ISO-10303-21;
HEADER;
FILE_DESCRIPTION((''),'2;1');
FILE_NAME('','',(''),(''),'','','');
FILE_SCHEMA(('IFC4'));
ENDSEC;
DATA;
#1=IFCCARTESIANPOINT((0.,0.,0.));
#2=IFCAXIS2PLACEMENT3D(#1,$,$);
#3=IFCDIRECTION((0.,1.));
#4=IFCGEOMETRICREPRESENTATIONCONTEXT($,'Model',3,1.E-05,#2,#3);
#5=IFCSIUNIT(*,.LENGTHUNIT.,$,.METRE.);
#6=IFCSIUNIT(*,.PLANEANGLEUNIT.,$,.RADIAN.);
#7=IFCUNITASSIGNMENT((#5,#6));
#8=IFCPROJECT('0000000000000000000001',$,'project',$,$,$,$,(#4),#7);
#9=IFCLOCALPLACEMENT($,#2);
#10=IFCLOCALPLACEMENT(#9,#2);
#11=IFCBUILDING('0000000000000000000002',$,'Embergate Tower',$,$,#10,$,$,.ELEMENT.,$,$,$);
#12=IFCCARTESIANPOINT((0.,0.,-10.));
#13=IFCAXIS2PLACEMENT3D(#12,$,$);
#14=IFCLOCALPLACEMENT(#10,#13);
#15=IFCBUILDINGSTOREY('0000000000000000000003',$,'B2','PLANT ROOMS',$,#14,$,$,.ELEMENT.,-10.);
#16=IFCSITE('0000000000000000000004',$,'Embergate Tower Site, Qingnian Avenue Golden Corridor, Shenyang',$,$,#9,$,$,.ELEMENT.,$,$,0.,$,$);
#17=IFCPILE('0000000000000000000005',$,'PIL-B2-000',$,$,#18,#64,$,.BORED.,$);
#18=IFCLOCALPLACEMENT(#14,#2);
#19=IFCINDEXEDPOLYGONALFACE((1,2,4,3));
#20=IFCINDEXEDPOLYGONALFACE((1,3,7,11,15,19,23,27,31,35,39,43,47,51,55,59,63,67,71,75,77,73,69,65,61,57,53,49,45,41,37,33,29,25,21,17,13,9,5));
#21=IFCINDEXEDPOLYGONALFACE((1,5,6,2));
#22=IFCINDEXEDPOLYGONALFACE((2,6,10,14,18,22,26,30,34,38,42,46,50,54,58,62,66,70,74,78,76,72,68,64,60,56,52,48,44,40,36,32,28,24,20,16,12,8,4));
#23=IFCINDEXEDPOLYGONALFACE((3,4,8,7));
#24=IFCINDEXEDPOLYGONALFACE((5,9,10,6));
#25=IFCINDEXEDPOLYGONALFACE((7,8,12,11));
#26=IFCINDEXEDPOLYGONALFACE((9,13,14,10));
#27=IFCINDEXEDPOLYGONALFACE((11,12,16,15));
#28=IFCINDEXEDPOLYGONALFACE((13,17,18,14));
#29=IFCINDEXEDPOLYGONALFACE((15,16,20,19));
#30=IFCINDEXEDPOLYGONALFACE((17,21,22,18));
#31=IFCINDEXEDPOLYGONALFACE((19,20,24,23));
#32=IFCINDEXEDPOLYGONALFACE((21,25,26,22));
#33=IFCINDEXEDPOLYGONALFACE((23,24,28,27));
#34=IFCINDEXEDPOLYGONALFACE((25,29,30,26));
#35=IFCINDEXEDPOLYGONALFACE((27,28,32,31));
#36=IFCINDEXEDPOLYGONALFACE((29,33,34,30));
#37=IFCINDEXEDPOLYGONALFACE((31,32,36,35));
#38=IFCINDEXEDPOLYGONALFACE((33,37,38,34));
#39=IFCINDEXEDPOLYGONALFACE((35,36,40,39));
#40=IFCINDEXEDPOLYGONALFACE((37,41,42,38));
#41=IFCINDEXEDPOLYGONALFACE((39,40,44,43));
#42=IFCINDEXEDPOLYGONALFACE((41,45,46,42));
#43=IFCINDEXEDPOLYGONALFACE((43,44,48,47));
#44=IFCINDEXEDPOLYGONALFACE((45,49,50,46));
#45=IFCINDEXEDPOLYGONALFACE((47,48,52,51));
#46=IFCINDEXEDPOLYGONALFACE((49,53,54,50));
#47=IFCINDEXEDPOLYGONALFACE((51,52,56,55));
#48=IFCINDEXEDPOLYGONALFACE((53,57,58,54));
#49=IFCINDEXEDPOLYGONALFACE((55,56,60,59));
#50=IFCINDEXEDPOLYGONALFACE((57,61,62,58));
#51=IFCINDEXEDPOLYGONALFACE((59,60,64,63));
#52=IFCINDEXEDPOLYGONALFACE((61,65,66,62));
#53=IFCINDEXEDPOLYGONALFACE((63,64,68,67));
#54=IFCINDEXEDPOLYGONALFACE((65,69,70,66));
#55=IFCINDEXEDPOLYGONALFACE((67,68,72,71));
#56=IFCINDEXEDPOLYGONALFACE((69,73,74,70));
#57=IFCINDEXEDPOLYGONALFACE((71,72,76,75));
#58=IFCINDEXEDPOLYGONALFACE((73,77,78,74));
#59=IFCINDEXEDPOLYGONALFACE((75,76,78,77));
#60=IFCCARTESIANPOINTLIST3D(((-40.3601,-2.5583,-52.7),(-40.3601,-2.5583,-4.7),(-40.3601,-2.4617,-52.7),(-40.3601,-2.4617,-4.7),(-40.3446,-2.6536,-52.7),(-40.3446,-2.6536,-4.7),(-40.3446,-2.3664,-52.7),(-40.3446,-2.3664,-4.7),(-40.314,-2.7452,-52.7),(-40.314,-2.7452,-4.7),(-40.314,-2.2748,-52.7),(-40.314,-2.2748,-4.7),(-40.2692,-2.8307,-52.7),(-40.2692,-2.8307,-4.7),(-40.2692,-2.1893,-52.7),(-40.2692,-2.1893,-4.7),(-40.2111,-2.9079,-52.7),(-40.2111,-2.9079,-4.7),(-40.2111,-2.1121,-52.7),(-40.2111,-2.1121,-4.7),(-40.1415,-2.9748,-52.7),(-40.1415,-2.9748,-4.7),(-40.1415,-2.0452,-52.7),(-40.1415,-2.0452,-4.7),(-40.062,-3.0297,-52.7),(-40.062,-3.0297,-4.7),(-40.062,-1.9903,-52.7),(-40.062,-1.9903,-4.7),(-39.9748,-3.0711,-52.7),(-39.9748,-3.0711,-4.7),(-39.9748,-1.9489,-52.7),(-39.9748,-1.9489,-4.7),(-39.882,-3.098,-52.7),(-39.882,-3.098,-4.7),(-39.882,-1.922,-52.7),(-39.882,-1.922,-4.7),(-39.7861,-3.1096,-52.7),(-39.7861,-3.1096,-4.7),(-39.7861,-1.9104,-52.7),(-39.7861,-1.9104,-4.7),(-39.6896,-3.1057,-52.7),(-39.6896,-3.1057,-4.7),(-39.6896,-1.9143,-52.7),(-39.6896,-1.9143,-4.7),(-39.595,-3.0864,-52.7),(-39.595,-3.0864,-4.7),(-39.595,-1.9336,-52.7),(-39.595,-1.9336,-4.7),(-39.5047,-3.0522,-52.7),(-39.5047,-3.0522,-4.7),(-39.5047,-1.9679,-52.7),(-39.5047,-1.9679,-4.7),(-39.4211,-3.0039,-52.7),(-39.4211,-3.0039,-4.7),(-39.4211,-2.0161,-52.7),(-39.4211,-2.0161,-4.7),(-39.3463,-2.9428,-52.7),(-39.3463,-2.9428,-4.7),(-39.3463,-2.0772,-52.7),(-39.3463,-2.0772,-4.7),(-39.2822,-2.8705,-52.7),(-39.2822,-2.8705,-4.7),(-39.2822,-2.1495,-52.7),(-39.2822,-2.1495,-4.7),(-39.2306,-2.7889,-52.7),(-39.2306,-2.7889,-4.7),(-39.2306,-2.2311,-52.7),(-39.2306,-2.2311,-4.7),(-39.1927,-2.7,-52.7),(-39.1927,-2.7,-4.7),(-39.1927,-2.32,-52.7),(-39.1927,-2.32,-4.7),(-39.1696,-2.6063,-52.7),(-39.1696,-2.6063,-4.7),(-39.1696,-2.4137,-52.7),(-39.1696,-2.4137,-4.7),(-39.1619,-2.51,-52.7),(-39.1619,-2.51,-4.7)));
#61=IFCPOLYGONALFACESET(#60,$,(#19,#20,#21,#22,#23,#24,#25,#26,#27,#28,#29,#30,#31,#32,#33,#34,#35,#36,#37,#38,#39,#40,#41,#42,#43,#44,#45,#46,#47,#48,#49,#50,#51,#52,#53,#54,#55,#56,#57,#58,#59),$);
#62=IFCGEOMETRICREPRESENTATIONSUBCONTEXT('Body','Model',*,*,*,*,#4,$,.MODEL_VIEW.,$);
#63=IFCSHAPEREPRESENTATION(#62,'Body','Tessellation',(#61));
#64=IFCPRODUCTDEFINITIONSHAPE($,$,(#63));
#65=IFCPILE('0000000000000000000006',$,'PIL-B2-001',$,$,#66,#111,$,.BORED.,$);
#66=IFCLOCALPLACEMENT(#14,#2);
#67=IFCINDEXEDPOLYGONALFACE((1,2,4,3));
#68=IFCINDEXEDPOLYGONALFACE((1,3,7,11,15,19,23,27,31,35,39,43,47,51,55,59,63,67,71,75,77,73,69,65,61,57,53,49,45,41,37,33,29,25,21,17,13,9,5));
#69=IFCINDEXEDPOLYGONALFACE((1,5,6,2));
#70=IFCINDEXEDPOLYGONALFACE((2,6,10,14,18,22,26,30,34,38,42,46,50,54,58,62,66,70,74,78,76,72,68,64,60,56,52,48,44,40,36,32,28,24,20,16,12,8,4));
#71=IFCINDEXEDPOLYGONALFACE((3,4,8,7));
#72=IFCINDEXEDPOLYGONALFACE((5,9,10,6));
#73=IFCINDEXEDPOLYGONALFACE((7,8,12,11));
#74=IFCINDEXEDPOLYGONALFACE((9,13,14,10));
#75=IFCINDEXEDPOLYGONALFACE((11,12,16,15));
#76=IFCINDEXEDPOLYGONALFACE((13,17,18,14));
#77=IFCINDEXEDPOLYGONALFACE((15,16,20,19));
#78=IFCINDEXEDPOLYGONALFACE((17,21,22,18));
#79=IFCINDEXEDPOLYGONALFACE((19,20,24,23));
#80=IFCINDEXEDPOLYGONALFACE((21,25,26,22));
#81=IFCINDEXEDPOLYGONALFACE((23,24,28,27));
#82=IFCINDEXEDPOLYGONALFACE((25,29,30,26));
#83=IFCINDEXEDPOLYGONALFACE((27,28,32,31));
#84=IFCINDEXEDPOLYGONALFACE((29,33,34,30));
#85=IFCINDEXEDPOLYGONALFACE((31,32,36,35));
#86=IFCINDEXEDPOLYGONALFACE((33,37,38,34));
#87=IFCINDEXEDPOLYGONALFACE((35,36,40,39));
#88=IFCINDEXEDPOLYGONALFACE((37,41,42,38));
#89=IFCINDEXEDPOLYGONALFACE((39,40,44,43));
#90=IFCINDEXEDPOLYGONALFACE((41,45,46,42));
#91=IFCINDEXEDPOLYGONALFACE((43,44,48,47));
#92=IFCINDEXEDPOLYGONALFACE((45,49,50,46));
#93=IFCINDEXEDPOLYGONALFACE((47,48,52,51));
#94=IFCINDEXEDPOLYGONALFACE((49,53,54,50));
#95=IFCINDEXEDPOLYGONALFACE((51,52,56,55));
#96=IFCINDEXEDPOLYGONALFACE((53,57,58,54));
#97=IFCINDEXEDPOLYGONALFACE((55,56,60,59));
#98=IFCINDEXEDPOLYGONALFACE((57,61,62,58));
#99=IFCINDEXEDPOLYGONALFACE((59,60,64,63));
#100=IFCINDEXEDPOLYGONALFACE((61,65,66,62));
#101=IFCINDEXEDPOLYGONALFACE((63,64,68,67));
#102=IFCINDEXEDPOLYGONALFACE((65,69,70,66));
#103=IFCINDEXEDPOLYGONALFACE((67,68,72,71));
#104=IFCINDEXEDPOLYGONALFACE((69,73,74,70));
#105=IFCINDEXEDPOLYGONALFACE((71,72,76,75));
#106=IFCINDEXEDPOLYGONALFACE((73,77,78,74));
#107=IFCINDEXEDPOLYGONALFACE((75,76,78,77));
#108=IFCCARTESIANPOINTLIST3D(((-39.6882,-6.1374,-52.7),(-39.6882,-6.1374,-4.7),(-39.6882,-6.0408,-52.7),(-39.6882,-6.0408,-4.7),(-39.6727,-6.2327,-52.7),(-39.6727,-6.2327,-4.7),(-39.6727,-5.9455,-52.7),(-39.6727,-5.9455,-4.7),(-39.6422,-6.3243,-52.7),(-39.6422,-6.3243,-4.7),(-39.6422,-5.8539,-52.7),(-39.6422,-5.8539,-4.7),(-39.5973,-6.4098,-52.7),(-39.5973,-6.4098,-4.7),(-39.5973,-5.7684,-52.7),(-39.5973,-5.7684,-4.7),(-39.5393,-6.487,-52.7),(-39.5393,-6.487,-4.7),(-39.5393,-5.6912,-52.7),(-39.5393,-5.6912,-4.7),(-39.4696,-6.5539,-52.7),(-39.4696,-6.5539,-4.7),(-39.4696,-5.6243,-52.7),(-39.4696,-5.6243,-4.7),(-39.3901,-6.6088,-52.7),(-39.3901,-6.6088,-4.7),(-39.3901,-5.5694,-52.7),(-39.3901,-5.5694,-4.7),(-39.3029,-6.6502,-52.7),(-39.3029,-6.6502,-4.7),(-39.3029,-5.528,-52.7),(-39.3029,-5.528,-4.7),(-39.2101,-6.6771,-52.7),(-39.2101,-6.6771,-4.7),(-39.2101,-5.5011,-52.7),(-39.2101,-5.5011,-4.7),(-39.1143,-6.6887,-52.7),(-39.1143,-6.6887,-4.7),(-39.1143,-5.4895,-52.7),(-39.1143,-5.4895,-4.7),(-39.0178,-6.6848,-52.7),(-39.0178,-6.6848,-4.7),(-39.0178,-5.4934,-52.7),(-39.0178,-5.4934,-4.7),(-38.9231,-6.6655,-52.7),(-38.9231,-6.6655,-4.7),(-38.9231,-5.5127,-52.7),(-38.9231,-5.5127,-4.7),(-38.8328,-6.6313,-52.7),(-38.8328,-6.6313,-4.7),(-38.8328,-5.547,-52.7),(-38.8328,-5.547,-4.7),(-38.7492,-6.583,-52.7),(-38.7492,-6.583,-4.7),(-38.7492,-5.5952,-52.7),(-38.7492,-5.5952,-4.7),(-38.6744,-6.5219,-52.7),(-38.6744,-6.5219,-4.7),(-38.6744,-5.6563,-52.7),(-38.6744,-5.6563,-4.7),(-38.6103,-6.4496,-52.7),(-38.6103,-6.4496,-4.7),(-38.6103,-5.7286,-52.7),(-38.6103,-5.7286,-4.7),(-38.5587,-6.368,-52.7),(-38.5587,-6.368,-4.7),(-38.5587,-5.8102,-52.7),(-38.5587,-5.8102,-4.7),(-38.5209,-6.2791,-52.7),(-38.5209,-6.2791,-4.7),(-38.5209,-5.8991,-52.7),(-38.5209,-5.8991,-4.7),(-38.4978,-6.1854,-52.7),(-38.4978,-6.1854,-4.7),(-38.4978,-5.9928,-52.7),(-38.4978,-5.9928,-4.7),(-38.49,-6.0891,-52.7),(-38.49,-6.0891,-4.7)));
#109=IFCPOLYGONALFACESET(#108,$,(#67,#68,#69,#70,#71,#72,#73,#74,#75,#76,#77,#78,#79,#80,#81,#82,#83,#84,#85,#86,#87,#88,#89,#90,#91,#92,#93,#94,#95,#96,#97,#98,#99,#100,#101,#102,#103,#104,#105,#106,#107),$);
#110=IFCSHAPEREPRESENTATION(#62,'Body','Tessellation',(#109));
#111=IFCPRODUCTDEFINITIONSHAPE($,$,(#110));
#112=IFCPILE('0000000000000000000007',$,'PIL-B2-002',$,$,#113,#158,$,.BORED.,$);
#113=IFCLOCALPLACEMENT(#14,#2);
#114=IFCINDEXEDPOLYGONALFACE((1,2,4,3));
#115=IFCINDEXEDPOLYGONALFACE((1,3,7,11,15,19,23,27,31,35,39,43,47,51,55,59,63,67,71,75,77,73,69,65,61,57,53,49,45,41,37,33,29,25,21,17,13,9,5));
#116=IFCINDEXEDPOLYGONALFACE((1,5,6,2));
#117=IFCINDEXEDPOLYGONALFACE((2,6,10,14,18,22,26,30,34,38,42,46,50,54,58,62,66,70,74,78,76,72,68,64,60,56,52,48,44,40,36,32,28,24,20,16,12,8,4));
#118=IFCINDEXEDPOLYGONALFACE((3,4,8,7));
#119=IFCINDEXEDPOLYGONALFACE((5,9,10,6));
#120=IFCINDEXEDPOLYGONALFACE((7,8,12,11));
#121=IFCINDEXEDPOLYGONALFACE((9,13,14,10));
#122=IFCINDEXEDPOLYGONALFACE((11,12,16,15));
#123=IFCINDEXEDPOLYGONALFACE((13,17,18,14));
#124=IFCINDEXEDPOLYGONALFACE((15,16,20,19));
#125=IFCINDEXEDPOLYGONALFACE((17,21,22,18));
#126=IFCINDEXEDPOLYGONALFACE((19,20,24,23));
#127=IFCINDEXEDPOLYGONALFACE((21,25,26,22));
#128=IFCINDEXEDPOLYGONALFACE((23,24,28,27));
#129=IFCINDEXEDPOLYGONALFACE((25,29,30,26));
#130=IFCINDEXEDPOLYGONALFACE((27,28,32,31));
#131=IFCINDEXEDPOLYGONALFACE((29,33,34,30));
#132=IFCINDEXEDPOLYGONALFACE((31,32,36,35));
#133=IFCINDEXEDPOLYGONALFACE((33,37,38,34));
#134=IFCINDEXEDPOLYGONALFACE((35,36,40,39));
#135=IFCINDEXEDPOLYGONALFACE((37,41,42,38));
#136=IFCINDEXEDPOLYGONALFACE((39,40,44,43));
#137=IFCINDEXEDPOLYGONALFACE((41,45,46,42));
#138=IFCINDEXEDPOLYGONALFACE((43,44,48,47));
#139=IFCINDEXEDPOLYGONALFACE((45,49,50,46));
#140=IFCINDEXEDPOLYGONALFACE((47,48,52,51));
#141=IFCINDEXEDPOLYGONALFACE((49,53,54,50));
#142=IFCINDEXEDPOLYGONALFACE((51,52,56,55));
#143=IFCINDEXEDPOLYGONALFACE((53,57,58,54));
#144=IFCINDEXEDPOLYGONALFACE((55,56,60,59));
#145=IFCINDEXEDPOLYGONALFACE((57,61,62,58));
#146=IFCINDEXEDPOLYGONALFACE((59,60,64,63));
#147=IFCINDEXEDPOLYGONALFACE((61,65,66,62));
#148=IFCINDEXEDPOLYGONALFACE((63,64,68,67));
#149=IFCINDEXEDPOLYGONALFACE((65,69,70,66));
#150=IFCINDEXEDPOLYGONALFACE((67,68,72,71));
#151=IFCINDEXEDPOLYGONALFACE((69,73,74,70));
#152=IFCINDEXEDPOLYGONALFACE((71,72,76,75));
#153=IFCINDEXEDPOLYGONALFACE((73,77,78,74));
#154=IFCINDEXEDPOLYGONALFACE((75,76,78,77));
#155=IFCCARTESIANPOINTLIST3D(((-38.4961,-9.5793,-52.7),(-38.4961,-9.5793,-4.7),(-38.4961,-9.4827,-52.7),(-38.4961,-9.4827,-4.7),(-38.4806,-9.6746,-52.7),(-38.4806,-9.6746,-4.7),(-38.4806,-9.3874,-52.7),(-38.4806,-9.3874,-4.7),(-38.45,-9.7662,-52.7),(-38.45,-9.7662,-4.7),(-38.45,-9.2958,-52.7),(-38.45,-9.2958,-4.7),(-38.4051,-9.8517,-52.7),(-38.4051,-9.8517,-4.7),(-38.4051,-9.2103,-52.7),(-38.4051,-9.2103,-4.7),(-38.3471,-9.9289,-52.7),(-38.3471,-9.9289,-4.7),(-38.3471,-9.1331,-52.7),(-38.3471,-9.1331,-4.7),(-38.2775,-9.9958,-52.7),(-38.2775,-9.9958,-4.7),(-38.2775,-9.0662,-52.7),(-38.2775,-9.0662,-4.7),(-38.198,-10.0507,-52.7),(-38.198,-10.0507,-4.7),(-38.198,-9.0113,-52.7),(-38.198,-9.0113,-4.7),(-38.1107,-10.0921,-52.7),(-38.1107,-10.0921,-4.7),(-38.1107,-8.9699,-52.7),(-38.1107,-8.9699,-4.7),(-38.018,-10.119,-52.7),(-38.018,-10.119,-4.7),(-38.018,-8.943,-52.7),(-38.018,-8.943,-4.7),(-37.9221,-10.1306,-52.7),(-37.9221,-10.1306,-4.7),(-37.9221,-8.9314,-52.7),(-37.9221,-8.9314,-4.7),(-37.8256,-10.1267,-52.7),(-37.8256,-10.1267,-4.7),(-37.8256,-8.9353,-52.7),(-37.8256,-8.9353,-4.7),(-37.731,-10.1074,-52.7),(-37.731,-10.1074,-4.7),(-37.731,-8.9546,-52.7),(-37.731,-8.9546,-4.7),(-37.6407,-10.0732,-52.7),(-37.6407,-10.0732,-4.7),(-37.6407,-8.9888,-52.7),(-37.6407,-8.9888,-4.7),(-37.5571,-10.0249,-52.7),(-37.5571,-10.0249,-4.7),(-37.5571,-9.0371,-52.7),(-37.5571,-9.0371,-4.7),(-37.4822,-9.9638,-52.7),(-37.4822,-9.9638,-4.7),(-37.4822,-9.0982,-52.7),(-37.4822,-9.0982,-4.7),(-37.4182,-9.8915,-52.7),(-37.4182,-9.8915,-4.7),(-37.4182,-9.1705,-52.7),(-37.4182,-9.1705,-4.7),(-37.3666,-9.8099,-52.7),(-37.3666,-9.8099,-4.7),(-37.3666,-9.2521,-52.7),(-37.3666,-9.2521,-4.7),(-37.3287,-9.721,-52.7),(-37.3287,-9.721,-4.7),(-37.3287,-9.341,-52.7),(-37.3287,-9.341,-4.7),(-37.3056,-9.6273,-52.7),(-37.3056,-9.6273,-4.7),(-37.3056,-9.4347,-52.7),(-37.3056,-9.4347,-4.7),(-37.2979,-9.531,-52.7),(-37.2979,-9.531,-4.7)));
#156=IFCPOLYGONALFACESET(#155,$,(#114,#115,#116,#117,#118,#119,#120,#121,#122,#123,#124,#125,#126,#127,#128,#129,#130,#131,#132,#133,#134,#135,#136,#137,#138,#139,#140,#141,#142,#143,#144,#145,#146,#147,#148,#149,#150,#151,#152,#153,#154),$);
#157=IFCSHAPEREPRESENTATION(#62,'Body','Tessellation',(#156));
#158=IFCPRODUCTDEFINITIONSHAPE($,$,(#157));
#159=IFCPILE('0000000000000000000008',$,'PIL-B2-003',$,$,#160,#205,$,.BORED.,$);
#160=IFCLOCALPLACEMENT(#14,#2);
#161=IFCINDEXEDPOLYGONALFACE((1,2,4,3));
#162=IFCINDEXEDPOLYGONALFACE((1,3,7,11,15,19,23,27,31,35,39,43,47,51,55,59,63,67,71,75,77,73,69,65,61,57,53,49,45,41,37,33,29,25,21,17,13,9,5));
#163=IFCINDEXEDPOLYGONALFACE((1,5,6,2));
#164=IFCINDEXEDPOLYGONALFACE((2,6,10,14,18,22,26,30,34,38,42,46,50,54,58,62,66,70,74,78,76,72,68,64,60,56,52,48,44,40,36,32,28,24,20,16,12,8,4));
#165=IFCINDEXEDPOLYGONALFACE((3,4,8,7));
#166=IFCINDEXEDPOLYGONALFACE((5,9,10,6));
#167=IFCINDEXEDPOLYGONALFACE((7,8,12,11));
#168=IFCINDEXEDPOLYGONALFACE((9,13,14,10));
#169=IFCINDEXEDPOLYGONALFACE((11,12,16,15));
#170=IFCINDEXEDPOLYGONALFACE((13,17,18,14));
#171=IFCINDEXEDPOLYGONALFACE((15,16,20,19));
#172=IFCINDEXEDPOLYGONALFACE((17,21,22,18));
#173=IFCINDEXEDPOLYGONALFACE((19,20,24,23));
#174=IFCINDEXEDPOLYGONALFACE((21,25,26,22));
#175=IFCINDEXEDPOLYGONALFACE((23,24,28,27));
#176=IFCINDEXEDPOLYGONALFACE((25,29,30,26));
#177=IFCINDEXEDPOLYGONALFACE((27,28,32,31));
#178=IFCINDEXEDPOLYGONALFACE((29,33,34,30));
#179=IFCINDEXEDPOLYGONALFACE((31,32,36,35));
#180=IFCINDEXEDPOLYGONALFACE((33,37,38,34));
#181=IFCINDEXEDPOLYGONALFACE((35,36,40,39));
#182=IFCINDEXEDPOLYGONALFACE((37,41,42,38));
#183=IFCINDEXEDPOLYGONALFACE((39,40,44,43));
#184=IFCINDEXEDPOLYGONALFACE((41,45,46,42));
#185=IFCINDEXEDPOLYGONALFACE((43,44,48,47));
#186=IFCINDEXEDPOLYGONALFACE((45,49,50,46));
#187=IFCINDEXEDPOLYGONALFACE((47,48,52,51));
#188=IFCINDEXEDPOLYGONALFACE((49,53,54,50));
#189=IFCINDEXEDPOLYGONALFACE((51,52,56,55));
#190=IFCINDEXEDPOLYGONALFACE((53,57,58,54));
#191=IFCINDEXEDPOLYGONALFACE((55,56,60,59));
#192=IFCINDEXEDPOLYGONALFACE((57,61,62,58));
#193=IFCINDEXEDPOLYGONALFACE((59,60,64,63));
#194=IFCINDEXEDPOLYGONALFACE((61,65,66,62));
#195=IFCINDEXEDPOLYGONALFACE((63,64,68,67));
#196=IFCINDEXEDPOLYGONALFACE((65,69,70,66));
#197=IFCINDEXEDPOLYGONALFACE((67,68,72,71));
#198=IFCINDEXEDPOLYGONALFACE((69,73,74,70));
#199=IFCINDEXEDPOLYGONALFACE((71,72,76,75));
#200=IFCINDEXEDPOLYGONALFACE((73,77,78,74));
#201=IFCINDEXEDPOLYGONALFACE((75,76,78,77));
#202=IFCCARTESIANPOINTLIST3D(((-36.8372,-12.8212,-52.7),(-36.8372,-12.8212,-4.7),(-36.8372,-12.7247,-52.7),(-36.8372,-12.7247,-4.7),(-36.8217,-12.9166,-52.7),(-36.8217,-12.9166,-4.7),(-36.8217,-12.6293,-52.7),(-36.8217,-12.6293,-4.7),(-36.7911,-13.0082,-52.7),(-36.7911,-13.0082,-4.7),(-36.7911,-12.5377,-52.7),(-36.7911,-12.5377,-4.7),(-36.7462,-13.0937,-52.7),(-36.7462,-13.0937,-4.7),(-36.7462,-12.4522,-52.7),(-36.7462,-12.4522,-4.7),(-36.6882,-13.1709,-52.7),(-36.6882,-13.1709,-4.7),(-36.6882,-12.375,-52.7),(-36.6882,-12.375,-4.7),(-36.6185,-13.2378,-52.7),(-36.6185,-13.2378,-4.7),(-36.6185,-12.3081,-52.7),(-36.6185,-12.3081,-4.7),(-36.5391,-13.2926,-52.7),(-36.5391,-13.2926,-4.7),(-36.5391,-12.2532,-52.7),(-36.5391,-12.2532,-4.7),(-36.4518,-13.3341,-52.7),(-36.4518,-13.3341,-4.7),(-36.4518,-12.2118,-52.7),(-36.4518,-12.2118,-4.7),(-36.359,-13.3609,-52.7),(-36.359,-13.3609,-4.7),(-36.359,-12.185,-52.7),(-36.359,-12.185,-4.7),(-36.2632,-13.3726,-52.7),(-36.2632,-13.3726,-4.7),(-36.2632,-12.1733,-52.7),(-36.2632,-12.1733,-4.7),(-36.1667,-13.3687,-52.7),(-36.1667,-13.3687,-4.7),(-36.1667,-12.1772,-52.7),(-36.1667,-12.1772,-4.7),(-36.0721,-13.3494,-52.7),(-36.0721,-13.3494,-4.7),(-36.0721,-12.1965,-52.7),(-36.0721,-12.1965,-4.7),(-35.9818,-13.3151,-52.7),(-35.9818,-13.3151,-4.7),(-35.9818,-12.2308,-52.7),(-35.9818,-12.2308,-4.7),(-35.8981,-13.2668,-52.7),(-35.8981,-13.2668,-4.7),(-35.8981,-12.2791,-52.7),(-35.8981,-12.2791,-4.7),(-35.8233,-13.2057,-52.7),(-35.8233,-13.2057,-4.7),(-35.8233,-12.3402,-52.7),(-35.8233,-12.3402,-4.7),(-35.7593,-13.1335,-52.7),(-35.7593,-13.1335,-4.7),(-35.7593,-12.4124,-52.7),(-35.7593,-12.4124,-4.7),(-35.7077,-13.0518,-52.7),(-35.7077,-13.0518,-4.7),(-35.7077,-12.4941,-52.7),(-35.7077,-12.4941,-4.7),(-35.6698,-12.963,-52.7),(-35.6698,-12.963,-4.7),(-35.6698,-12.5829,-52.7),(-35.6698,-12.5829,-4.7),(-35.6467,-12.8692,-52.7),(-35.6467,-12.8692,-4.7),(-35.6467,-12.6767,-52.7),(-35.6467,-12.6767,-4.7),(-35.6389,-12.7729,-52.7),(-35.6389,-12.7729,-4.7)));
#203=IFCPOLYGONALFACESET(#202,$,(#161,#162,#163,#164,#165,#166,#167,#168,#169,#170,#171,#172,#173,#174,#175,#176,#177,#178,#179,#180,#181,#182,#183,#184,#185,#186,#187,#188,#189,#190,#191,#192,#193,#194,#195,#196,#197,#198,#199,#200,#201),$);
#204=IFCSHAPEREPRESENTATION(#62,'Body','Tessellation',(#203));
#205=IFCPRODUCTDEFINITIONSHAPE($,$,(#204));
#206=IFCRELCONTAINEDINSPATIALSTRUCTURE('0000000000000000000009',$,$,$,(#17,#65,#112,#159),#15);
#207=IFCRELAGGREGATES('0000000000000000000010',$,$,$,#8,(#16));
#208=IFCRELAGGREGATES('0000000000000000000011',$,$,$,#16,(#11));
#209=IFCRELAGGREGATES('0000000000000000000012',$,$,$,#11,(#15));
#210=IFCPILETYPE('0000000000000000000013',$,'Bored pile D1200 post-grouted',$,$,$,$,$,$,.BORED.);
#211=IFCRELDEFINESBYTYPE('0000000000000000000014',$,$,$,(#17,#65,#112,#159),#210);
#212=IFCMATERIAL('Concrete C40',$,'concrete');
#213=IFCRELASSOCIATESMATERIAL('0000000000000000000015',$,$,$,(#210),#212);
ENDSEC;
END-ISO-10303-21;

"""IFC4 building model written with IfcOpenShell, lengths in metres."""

from ifc_helpers import new_model, si_unit, direction, frame, origin, origin_2d, place, context, subcontext, project, spatial, circle, extrude, source, transform, mapped, material, material_profile, profile_set, type_object, element, save


model = new_model("IFC4")

# Units and contexts
model_context = context("Model", 3, precision=1e-05, world=origin(), true_north=direction((0.0, 1.0)))
body_context = subcontext(model_context, "Body", "Model", "MODEL_VIEW")
ifc_project = project(units=[si_unit("LENGTHUNIT", "METRE"), si_unit("PLANEANGLEUNIT", "RADIAN")], contexts=[model_context])

# Site, building, storey
site_placement = place(None, origin())
site = spatial("IfcSite", under=ifc_project, at=site_placement, Name="Embergate Tower Site, Qingnian Avenue Golden Corridor, Shenyang", CompositionType="ELEMENT", RefElevation=0.0)
building_placement = place(site_placement, origin())
building = spatial("IfcBuilding", under=site, at=building_placement, Name="Embergate Tower", CompositionType="ELEMENT")
storey_placement = place(building_placement, frame((0.0, 0.0, -10.0)))
storey = spatial("IfcBuildingStorey", under=building, at=storey_placement, Name="B2", Description="PLANT ROOMS", CompositionType="ELEMENT", Elevation=-10.0)

# Piles
ifc_material_1 = material(Name="Concrete C40", Category="concrete")
ifc_material_profile_1 = material_profile(ifc_material_1, circle(Radius=0.6001, at=origin_2d()), Name="D1200")
ifc_profile_set_1 = profile_set([ifc_material_profile_1], Name="Concrete C40")
pile_type = type_object("IfcPileType", Name="Bored pile D1200 post-grouted", PredefinedType="BORED", material=ifc_profile_set_1)
shared_shape_1 = source(origin(), body_context, "Body", "SweptSolid", [
    extrude(circle(Radius=0.6001, at=origin_2d()), origin(), (0.0, 0.0, 1.0), 48.0),
])
for number, where, z_axis, x_axis, name in (
    (1, (-39.762, -2.51, -4.7), (0.0, 0.0, -1.0), (1.0, 0.0, 0.0), "PIL-B2-000"),
    (2, (-39.0901, -6.0891, -4.7), (0.0, 0.0, -1.0), (1.0, 0.0, 0.0), "PIL-B2-001"),
    (3, (-37.8979, -9.531, -4.7), (0.0, 0.0, -1.0), (1.0, 0.0, 0.0), "PIL-B2-002"),
    (4, (-36.239, -12.7729, -4.7), (0.0, 0.0, -1.0), (1.0, 0.0, 0.0), "PIL-B2-003"),
):
    element("IfcPile", number, at=place(storey_placement, frame(where, z_axis=z_axis, x_axis=x_axis)), inside=storey, type_object=pile_type, Name=name, PredefinedType="BORED", context=body_context, shape_type="MappedRepresentation", body=[
        mapped(shared_shape_1, transform((0.0, 0.0, 0.0))),
    ])

save(model, "model.ifc")
